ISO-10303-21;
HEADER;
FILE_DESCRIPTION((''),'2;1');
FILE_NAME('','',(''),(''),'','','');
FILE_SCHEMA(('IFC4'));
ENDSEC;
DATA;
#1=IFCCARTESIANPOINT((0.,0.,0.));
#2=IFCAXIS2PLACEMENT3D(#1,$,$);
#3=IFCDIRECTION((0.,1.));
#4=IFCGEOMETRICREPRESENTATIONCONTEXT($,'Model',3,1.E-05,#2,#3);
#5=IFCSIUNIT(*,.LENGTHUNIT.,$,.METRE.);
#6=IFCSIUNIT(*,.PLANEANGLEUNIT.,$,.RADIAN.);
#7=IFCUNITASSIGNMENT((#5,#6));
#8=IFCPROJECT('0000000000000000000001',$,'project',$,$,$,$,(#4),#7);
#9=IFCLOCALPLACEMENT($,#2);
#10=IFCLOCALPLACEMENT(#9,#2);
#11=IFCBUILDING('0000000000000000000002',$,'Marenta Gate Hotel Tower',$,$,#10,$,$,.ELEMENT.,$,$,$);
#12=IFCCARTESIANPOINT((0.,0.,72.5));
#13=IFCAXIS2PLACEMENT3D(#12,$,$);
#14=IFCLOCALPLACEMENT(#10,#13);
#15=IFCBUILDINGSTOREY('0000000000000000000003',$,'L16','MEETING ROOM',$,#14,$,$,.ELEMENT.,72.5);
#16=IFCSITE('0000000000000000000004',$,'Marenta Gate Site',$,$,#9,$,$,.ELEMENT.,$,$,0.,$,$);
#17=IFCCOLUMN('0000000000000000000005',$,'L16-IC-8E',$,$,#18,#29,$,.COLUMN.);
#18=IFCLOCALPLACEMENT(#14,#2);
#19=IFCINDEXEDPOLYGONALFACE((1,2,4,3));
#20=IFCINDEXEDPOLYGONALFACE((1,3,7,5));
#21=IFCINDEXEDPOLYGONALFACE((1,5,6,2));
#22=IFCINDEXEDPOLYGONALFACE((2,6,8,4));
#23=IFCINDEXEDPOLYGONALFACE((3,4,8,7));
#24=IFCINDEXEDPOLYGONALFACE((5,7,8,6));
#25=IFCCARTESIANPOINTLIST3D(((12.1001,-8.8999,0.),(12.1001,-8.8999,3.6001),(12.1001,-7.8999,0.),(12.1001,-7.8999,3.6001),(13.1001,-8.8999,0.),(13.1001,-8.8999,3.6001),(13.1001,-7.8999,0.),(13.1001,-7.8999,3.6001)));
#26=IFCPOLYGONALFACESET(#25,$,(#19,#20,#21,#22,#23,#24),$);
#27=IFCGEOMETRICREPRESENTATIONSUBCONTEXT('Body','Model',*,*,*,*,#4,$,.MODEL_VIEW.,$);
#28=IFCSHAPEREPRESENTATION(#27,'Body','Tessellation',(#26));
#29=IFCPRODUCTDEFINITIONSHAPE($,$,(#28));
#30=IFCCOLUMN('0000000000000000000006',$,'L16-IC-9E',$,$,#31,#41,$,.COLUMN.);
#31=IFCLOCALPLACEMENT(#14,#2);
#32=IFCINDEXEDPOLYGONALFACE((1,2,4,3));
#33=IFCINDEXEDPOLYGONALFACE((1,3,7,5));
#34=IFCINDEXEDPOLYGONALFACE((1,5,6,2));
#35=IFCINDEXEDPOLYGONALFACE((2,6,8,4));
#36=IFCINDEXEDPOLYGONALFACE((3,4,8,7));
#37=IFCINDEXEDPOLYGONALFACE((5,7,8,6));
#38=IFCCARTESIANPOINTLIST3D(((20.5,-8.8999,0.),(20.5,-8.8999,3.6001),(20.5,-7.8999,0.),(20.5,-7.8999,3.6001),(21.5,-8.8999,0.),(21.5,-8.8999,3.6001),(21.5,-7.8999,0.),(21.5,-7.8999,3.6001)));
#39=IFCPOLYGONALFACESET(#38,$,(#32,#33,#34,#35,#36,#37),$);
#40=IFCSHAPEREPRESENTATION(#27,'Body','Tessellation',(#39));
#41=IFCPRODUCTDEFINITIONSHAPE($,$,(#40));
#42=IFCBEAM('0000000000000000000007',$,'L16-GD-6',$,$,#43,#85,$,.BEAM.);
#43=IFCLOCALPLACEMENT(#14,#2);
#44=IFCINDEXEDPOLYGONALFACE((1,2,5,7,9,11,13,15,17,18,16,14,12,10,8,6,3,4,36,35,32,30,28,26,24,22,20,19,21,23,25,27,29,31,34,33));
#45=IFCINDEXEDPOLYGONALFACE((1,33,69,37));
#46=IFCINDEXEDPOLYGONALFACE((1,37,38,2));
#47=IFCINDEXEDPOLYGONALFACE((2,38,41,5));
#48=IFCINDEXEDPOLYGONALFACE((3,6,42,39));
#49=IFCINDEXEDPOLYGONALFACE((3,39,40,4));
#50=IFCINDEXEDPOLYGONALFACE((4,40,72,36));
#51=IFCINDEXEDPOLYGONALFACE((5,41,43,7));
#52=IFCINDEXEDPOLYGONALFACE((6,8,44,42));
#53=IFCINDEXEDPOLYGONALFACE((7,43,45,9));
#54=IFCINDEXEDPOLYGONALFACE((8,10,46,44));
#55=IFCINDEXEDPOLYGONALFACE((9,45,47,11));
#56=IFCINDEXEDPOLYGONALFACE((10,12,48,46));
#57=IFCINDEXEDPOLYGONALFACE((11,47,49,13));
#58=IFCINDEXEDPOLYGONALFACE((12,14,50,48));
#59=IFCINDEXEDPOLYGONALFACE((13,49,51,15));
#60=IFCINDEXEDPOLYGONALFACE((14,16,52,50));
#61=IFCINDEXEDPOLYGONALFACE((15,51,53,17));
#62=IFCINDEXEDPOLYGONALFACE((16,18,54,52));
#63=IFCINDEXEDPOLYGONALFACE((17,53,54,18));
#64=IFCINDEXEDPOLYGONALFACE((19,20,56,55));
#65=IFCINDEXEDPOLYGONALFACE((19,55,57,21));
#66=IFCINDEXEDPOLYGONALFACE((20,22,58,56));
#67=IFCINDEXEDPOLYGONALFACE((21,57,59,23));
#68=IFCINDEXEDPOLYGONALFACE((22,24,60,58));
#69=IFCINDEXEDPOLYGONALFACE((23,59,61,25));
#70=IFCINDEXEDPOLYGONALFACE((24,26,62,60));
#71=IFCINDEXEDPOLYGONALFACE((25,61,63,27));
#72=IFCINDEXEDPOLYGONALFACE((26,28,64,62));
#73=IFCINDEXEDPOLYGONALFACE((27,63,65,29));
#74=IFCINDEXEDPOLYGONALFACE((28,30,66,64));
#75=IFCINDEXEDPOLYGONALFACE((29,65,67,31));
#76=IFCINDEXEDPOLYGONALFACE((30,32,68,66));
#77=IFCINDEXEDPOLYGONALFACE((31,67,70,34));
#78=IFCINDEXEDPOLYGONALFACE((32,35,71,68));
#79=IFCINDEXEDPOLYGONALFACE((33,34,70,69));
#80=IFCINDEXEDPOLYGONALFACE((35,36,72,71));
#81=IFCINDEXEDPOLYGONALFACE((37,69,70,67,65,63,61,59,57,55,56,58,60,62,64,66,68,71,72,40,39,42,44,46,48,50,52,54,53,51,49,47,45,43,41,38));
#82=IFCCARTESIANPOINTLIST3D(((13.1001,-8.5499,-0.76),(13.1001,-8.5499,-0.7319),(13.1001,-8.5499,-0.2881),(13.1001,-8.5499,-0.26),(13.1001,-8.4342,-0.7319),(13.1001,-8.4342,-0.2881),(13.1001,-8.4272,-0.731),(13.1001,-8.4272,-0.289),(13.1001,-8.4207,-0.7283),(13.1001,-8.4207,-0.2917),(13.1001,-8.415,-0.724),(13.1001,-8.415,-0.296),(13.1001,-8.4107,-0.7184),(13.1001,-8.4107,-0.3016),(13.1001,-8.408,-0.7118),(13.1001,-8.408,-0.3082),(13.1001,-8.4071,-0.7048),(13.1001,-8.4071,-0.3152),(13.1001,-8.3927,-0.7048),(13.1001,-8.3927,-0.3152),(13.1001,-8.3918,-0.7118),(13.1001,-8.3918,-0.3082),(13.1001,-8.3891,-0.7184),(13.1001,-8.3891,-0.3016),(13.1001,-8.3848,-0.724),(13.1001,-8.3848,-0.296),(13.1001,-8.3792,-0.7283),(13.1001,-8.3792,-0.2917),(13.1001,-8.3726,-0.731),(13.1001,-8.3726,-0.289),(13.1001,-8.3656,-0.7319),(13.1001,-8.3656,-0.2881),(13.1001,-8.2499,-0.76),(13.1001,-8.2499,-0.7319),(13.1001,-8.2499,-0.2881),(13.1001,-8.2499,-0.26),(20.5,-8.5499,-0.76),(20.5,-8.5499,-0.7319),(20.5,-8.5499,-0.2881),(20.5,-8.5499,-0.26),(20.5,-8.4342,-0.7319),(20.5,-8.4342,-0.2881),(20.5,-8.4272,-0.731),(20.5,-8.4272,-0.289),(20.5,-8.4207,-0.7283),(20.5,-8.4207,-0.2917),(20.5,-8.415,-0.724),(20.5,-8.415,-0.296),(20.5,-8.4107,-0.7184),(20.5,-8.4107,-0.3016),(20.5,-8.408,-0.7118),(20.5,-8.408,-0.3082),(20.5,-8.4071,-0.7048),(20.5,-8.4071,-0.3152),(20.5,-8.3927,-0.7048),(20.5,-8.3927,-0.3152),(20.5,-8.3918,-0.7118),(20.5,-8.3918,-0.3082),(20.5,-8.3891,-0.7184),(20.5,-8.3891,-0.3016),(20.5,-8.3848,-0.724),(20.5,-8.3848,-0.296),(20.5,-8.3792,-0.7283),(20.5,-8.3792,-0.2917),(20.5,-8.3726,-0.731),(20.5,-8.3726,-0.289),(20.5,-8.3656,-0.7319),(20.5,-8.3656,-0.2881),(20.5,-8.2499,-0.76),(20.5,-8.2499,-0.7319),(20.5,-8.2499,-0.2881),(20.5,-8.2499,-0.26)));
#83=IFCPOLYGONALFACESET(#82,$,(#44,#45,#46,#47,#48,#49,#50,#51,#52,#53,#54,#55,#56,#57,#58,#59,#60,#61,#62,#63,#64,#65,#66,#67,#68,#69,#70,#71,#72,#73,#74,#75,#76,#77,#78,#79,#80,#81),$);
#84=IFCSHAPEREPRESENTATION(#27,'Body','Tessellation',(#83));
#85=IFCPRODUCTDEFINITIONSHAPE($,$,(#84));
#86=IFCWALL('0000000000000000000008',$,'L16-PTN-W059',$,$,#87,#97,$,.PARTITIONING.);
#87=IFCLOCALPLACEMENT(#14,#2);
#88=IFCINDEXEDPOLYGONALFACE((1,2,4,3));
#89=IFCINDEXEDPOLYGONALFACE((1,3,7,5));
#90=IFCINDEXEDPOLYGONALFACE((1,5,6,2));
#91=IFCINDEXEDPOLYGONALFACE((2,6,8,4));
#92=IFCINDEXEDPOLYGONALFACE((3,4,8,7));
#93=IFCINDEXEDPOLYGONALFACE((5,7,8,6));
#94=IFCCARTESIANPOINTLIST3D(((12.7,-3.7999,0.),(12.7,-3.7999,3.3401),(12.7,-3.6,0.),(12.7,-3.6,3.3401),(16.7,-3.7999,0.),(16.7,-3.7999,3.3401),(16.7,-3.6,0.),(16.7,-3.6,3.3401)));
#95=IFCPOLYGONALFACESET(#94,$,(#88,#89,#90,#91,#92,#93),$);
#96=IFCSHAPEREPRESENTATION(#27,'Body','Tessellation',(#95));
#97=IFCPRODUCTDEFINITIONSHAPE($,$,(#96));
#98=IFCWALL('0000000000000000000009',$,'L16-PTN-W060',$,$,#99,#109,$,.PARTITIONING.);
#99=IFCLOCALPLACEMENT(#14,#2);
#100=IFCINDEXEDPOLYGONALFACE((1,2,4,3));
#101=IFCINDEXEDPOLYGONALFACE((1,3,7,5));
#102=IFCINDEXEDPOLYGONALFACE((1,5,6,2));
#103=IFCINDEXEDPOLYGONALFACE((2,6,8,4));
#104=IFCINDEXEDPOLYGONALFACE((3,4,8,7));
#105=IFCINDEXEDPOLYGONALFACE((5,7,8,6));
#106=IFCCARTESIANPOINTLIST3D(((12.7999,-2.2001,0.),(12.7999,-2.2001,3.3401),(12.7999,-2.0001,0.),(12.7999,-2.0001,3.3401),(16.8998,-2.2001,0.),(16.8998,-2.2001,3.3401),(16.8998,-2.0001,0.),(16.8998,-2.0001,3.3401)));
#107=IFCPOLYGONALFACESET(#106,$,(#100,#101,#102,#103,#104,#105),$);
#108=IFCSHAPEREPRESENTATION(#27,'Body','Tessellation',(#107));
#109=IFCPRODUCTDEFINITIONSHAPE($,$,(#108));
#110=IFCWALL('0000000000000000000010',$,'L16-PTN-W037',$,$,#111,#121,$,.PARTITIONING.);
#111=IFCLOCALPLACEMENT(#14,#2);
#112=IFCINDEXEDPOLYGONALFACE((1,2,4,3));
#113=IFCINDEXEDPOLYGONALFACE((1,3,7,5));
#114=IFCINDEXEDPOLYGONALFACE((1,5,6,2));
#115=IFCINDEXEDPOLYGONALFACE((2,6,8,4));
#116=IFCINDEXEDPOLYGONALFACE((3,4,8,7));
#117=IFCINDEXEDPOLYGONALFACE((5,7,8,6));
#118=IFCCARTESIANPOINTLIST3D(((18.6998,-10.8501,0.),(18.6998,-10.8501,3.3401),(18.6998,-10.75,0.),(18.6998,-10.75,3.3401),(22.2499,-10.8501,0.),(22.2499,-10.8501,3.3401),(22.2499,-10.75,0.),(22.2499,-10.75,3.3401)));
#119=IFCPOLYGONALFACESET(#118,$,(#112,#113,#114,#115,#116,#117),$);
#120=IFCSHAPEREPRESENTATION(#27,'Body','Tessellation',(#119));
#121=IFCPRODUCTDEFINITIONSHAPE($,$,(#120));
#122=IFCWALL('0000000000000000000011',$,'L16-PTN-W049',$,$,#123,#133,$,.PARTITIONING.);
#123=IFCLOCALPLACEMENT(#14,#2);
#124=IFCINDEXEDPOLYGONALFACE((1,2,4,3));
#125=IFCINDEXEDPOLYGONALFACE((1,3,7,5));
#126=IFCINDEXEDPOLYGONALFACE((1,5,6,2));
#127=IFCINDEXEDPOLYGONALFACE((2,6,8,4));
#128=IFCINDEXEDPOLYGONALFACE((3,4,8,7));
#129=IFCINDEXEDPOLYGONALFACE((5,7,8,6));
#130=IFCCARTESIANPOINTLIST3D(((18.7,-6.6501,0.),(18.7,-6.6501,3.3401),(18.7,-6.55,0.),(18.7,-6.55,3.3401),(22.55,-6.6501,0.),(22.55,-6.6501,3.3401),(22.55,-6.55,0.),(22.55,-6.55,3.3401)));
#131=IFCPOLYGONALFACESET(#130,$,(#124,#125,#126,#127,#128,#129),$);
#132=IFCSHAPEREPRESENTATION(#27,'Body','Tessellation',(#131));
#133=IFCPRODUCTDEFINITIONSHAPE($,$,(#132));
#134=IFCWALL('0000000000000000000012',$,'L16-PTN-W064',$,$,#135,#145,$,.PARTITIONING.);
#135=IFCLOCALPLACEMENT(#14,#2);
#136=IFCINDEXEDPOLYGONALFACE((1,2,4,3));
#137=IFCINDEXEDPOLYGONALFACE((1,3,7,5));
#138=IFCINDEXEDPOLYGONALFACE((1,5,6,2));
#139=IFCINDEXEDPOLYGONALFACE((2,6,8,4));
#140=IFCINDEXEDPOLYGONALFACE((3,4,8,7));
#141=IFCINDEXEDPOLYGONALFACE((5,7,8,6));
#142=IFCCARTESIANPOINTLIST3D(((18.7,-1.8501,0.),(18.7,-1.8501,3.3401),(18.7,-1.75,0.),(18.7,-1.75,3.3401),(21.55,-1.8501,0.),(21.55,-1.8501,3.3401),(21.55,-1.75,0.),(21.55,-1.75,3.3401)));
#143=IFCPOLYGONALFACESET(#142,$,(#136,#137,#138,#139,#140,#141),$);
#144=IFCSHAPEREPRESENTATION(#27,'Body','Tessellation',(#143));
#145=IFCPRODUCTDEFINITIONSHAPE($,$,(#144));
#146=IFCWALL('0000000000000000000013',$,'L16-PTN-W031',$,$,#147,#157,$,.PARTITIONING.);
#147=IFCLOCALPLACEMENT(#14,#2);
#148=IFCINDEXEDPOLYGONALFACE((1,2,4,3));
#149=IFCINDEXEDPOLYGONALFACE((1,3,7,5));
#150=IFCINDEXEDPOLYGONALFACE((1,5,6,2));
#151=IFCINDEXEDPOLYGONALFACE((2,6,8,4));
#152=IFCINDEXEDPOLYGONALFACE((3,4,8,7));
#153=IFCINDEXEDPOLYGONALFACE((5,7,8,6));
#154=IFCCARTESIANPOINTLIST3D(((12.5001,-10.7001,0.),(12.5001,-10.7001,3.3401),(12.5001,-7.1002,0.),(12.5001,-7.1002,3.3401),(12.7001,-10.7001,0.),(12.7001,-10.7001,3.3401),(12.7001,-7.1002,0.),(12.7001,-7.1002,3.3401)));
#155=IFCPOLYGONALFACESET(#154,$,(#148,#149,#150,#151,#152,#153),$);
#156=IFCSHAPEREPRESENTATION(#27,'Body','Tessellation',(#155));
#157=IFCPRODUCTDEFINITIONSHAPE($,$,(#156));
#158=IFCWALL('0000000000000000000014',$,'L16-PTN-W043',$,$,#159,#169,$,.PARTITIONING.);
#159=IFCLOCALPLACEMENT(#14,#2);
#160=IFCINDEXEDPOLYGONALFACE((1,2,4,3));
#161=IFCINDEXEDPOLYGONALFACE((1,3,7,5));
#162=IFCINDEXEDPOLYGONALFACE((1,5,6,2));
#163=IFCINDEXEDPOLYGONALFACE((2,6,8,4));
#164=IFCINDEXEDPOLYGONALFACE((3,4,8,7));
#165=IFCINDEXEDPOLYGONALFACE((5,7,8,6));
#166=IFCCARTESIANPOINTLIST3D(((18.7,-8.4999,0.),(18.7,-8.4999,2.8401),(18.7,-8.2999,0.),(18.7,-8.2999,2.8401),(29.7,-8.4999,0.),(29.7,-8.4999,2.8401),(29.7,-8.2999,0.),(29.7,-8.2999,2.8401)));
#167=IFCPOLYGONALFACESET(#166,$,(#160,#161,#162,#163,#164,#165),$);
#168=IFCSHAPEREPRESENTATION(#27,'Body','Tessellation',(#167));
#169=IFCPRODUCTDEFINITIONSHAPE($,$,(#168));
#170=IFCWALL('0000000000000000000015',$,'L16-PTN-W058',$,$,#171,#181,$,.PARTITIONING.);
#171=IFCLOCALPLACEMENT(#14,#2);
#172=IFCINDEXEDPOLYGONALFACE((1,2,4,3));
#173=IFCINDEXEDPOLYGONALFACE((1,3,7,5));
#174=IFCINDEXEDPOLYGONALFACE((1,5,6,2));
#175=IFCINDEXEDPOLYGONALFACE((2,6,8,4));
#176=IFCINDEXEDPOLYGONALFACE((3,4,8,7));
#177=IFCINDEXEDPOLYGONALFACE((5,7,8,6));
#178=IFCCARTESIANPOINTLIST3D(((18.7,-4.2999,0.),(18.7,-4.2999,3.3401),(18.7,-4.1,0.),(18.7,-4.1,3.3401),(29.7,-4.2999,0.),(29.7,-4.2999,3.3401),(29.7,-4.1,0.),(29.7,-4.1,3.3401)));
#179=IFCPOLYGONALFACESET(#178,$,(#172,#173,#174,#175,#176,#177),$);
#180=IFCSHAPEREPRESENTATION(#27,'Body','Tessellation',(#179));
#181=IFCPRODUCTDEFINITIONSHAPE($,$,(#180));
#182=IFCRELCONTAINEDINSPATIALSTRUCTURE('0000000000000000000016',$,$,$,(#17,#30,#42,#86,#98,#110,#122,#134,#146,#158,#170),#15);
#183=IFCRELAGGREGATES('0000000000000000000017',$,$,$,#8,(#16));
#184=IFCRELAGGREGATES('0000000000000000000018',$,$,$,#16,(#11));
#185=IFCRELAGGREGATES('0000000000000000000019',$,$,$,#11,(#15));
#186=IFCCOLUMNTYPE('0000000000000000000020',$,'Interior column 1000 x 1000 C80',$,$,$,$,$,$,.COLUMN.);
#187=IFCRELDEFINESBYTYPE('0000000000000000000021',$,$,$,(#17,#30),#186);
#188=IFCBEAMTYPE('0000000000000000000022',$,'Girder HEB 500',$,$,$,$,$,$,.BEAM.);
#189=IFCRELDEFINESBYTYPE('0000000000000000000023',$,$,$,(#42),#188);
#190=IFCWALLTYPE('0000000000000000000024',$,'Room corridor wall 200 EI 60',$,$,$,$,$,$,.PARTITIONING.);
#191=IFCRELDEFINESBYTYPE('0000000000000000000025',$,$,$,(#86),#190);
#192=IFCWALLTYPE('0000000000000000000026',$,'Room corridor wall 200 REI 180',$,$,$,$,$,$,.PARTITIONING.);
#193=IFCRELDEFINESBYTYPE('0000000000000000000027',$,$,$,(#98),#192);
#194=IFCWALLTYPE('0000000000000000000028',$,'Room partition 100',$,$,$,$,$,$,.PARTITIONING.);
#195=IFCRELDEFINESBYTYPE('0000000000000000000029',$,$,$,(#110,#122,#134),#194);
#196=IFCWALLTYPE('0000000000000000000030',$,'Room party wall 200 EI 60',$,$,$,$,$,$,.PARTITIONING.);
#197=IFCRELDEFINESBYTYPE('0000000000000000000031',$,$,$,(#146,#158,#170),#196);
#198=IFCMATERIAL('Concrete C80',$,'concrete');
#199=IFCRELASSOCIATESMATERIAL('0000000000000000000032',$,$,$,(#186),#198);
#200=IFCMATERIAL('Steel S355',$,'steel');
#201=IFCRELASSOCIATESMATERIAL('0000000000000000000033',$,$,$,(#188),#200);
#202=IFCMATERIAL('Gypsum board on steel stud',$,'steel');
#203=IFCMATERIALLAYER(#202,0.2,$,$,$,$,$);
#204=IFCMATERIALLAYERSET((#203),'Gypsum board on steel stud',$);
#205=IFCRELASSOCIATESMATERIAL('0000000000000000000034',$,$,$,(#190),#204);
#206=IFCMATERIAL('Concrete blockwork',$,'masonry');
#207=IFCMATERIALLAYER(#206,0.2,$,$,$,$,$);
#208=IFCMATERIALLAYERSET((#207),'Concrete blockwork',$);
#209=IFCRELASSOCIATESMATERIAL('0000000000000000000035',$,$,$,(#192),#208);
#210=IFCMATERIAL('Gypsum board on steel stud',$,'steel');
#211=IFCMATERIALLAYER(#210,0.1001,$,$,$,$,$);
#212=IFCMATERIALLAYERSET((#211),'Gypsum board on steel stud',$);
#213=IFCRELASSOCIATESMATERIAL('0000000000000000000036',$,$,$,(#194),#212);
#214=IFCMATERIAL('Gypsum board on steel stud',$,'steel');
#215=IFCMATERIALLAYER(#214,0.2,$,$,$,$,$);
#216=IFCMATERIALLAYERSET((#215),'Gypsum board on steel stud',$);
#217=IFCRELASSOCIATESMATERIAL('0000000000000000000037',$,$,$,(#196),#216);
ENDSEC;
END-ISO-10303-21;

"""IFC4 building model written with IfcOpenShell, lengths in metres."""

from ifc_helpers import new_model, si_unit, direction, frame, frame_2d, origin, origin_2d, place, context, subcontext, project, spatial, rectangle, i_section, extrude, material, layer, layer_set, material_profile, profile_set, type_object, element, save


model = new_model("IFC4")

# Units and contexts
model_context = context("Model", 3, precision=1e-05, world=origin(), true_north=direction((0.0, 1.0)))
body_context = subcontext(model_context, "Body", "Model", "MODEL_VIEW")
ifc_project = project(units=[si_unit("LENGTHUNIT", "METRE"), si_unit("PLANEANGLEUNIT", "RADIAN")], contexts=[model_context])

# Site, building, storey
site_placement = place(None, origin())
site = spatial("IfcSite", under=ifc_project, at=site_placement, Name="Marenta Gate Site", CompositionType="ELEMENT", RefElevation=0.0)
building_placement = place(site_placement, origin())
building = spatial("IfcBuilding", under=site, at=building_placement, Name="Marenta Gate Hotel Tower", CompositionType="ELEMENT")
storey_placement = place(building_placement, frame((0.0, 0.0, 72.5)))
storey = spatial("IfcBuildingStorey", under=building, at=storey_placement, Name="L16", Description="MEETING ROOM", CompositionType="ELEMENT", Elevation=72.5)

# Columns
ifc_material_1 = material(Name="Concrete C80", Category="concrete")
ifc_material_profile_1 = material_profile(ifc_material_1, rectangle(XDim=1.0, YDim=1.0, at=origin_2d()), Name="1000 x 1000")
ifc_profile_set_1 = profile_set([ifc_material_profile_1], Name="Concrete C80")
column_type = type_object("IfcColumnType", Name="Interior column 1000 x 1000 C80", PredefinedType="COLUMN", material=ifc_profile_set_1)
for number, where, z_axis, x_axis, name in (
    (1, (12.6001, -8.3999, 0.0), (0.0, 0.0, 1.0), (1.0, 0.0, 0.0), "L16-IC-8E"),
    (2, (21.0, -8.3999, 0.0), (0.0, 0.0, 1.0), (1.0, 0.0, 0.0), "L16-IC-9E"),
):
    element("IfcColumn", number, at=place(storey_placement, frame(where, z_axis=z_axis, x_axis=x_axis)), inside=storey, type_object=column_type, Name=name, PredefinedType="COLUMN", context=body_context, shape_type="SweptSolid", body=[
        extrude(rectangle(XDim=1.0, YDim=1.0, at=origin_2d()), origin(), (0.0, 0.0, 1.0), 3.6001),
    ])

# Beam
ifc_material_2 = material(Name="Steel S355", Category="steel")
ifc_material_profile_2 = material_profile(ifc_material_2, i_section(OverallWidth=0.3, OverallDepth=0.5, WebThickness=0.0144, FlangeThickness=0.0281, FilletRadius=0.0271, at=origin_2d()), Name="HEB 500")
ifc_profile_set_2 = profile_set([ifc_material_profile_2], Name="Steel S355")
beam_type = type_object("IfcBeamType", Name="Girder HEB 500", PredefinedType="BEAM", material=ifc_profile_set_2)
beam_placement = place(storey_placement, frame((13.1001, -8.3999, -0.51), z_axis=(1.0, 0.0, 0.0), x_axis=(0.0, 1.0, 0.0)))
element("IfcBeam", 3, at=beam_placement, inside=storey, type_object=beam_type, Name="L16-GD-6", PredefinedType="BEAM", context=body_context, shape_type="SweptSolid", body=[
    extrude(i_section(OverallWidth=0.3, OverallDepth=0.5, WebThickness=0.0144, FlangeThickness=0.0281, FilletRadius=0.0271, at=origin_2d()), origin(), (0.0, 0.0, 1.0), 7.3999),
])

# Shared definitions
ifc_material_3 = material(Name="Gypsum board on steel stud", Category="steel")
ifc_layer_1 = layer(ifc_material_3, 0.2)
ifc_layer_set_1 = layer_set([ifc_layer_1], Name="Gypsum board on steel stud")
wall_type_1 = type_object("IfcWallType", Name="Room corridor wall 200 EI 60", PredefinedType="PARTITIONING", material=ifc_layer_set_1)

# Wall
wall_1_placement = place(storey_placement, frame((12.7, -3.7, 0.0), z_axis=(0.0, 0.0, 1.0), x_axis=(1.0, 0.0, 0.0)))
element("IfcWall", 4, at=wall_1_placement, inside=storey, type_object=wall_type_1, Name="L16-PTN-W059", PredefinedType="PARTITIONING", context=body_context, shape_type="SweptSolid", body=[
    extrude(rectangle(XDim=4.0, YDim=0.2, at=frame_2d((2.0, 0.0))), origin(), (0.0, 0.0, 1.0), 3.3401),
])

# Shared definitions
ifc_material_4 = material(Name="Concrete blockwork", Category="masonry")
ifc_layer_2 = layer(ifc_material_4, 0.2)
ifc_layer_set_2 = layer_set([ifc_layer_2], Name="Concrete blockwork")
wall_type_2 = type_object("IfcWallType", Name="Room corridor wall 200 REI 180", PredefinedType="PARTITIONING", material=ifc_layer_set_2)

# Walls
wall_2_placement = place(storey_placement, frame((12.8, -2.1001, 0.0), z_axis=(0.0, 0.0, 1.0), x_axis=(1.0, 0.0, 0.0)))
element("IfcWall", 5, at=wall_2_placement, inside=storey, type_object=wall_type_2, Name="L16-PTN-W060", PredefinedType="PARTITIONING", context=body_context, shape_type="SweptSolid", body=[
    extrude(rectangle(XDim=4.0999, YDim=0.2, at=frame_2d((2.0498, 0.0))), origin(), (0.0, 0.0, 1.0), 3.3401),
])
ifc_material_5 = material(Name="Gypsum board on steel stud", Category="steel")
ifc_layer_3 = layer(ifc_material_5, 0.1001)
ifc_layer_set_3 = layer_set([ifc_layer_3], Name="Gypsum board on steel stud")
wall_type_3 = type_object("IfcWallType", Name="Room partition 100", PredefinedType="PARTITIONING", material=ifc_layer_set_3)
wall_3_placement = place(storey_placement, frame((18.7, -10.8, 0.0), z_axis=(0.0, 0.0, 1.0), x_axis=(1.0, 0.0, 0.0)))
element("IfcWall", 6, at=wall_3_placement, inside=storey, type_object=wall_type_3, Name="L16-PTN-W037", PredefinedType="PARTITIONING", context=body_context, shape_type="SweptSolid", body=[
    extrude(rectangle(XDim=3.55, YDim=0.1001, at=frame_2d((1.7749, 0.0))), origin(), (0.0, 0.0, 1.0), 3.3401),
])
wall_4_placement = place(storey_placement, frame((18.7, -6.6001, 0.0), z_axis=(0.0, 0.0, 1.0), x_axis=(1.0, 0.0, 0.0)))
element("IfcWall", 7, at=wall_4_placement, inside=storey, type_object=wall_type_3, Name="L16-PTN-W049", PredefinedType="PARTITIONING", context=body_context, shape_type="SweptSolid", body=[
    extrude(rectangle(XDim=3.8501, YDim=0.1001, at=frame_2d((1.925, 0.0))), origin(), (0.0, 0.0, 1.0), 3.3401),
])
wall_5_placement = place(storey_placement, frame((18.7, -1.8, 0.0), z_axis=(0.0, 0.0, 1.0), x_axis=(1.0, 0.0, 0.0)))
element("IfcWall", 8, at=wall_5_placement, inside=storey, type_object=wall_type_3, Name="L16-PTN-W064", PredefinedType="PARTITIONING", context=body_context, shape_type="SweptSolid", body=[
    extrude(rectangle(XDim=2.8501, YDim=0.1001, at=frame_2d((1.425, 0.0))), origin(), (0.0, 0.0, 1.0), 3.3401),
])
ifc_material_6 = material(Name="Gypsum board on steel stud", Category="steel")
ifc_layer_4 = layer(ifc_material_6, 0.2)
ifc_layer_set_4 = layer_set([ifc_layer_4], Name="Gypsum board on steel stud")
wall_type_4 = type_object("IfcWallType", Name="Room party wall 200 EI 60", PredefinedType="PARTITIONING", material=ifc_layer_set_4)
wall_6_placement = place(storey_placement, frame((12.6001, -10.7, 0.0), z_axis=(0.0, 0.0, 1.0), x_axis=(0.0, 1.0, 0.0)))
element("IfcWall", 9, at=wall_6_placement, inside=storey, type_object=wall_type_4, Name="L16-PTN-W031", PredefinedType="PARTITIONING", context=body_context, shape_type="SweptSolid", body=[
    extrude(rectangle(XDim=3.5999, YDim=0.2, at=frame_2d((1.7998, 0.0))), origin(), (0.0, 0.0, 1.0), 3.3401),
])
wall_7_placement = place(storey_placement, frame((18.7, -8.3999, 0.0), z_axis=(0.0, 0.0, 1.0), x_axis=(1.0, 0.0, 0.0)))
element("IfcWall", 10, at=wall_7_placement, inside=storey, type_object=wall_type_4, Name="L16-PTN-W043", PredefinedType="PARTITIONING", context=body_context, shape_type="SweptSolid", body=[
    extrude(rectangle(XDim=11.0, YDim=0.2, at=frame_2d((5.5, 0.0))), origin(), (0.0, 0.0, 1.0), 2.8401),
])
wall_8_placement = place(storey_placement, frame((18.7, -4.2, 0.0), z_axis=(0.0, 0.0, 1.0), x_axis=(1.0, 0.0, 0.0)))
element("IfcWall", 11, at=wall_8_placement, inside=storey, type_object=wall_type_4, Name="L16-PTN-W058", PredefinedType="PARTITIONING", context=body_context, shape_type="SweptSolid", body=[
    extrude(rectangle(XDim=11.0, YDim=0.2, at=frame_2d((5.5, 0.0))), origin(), (0.0, 0.0, 1.0), 3.3401),
])

save(model, "model.ifc")
